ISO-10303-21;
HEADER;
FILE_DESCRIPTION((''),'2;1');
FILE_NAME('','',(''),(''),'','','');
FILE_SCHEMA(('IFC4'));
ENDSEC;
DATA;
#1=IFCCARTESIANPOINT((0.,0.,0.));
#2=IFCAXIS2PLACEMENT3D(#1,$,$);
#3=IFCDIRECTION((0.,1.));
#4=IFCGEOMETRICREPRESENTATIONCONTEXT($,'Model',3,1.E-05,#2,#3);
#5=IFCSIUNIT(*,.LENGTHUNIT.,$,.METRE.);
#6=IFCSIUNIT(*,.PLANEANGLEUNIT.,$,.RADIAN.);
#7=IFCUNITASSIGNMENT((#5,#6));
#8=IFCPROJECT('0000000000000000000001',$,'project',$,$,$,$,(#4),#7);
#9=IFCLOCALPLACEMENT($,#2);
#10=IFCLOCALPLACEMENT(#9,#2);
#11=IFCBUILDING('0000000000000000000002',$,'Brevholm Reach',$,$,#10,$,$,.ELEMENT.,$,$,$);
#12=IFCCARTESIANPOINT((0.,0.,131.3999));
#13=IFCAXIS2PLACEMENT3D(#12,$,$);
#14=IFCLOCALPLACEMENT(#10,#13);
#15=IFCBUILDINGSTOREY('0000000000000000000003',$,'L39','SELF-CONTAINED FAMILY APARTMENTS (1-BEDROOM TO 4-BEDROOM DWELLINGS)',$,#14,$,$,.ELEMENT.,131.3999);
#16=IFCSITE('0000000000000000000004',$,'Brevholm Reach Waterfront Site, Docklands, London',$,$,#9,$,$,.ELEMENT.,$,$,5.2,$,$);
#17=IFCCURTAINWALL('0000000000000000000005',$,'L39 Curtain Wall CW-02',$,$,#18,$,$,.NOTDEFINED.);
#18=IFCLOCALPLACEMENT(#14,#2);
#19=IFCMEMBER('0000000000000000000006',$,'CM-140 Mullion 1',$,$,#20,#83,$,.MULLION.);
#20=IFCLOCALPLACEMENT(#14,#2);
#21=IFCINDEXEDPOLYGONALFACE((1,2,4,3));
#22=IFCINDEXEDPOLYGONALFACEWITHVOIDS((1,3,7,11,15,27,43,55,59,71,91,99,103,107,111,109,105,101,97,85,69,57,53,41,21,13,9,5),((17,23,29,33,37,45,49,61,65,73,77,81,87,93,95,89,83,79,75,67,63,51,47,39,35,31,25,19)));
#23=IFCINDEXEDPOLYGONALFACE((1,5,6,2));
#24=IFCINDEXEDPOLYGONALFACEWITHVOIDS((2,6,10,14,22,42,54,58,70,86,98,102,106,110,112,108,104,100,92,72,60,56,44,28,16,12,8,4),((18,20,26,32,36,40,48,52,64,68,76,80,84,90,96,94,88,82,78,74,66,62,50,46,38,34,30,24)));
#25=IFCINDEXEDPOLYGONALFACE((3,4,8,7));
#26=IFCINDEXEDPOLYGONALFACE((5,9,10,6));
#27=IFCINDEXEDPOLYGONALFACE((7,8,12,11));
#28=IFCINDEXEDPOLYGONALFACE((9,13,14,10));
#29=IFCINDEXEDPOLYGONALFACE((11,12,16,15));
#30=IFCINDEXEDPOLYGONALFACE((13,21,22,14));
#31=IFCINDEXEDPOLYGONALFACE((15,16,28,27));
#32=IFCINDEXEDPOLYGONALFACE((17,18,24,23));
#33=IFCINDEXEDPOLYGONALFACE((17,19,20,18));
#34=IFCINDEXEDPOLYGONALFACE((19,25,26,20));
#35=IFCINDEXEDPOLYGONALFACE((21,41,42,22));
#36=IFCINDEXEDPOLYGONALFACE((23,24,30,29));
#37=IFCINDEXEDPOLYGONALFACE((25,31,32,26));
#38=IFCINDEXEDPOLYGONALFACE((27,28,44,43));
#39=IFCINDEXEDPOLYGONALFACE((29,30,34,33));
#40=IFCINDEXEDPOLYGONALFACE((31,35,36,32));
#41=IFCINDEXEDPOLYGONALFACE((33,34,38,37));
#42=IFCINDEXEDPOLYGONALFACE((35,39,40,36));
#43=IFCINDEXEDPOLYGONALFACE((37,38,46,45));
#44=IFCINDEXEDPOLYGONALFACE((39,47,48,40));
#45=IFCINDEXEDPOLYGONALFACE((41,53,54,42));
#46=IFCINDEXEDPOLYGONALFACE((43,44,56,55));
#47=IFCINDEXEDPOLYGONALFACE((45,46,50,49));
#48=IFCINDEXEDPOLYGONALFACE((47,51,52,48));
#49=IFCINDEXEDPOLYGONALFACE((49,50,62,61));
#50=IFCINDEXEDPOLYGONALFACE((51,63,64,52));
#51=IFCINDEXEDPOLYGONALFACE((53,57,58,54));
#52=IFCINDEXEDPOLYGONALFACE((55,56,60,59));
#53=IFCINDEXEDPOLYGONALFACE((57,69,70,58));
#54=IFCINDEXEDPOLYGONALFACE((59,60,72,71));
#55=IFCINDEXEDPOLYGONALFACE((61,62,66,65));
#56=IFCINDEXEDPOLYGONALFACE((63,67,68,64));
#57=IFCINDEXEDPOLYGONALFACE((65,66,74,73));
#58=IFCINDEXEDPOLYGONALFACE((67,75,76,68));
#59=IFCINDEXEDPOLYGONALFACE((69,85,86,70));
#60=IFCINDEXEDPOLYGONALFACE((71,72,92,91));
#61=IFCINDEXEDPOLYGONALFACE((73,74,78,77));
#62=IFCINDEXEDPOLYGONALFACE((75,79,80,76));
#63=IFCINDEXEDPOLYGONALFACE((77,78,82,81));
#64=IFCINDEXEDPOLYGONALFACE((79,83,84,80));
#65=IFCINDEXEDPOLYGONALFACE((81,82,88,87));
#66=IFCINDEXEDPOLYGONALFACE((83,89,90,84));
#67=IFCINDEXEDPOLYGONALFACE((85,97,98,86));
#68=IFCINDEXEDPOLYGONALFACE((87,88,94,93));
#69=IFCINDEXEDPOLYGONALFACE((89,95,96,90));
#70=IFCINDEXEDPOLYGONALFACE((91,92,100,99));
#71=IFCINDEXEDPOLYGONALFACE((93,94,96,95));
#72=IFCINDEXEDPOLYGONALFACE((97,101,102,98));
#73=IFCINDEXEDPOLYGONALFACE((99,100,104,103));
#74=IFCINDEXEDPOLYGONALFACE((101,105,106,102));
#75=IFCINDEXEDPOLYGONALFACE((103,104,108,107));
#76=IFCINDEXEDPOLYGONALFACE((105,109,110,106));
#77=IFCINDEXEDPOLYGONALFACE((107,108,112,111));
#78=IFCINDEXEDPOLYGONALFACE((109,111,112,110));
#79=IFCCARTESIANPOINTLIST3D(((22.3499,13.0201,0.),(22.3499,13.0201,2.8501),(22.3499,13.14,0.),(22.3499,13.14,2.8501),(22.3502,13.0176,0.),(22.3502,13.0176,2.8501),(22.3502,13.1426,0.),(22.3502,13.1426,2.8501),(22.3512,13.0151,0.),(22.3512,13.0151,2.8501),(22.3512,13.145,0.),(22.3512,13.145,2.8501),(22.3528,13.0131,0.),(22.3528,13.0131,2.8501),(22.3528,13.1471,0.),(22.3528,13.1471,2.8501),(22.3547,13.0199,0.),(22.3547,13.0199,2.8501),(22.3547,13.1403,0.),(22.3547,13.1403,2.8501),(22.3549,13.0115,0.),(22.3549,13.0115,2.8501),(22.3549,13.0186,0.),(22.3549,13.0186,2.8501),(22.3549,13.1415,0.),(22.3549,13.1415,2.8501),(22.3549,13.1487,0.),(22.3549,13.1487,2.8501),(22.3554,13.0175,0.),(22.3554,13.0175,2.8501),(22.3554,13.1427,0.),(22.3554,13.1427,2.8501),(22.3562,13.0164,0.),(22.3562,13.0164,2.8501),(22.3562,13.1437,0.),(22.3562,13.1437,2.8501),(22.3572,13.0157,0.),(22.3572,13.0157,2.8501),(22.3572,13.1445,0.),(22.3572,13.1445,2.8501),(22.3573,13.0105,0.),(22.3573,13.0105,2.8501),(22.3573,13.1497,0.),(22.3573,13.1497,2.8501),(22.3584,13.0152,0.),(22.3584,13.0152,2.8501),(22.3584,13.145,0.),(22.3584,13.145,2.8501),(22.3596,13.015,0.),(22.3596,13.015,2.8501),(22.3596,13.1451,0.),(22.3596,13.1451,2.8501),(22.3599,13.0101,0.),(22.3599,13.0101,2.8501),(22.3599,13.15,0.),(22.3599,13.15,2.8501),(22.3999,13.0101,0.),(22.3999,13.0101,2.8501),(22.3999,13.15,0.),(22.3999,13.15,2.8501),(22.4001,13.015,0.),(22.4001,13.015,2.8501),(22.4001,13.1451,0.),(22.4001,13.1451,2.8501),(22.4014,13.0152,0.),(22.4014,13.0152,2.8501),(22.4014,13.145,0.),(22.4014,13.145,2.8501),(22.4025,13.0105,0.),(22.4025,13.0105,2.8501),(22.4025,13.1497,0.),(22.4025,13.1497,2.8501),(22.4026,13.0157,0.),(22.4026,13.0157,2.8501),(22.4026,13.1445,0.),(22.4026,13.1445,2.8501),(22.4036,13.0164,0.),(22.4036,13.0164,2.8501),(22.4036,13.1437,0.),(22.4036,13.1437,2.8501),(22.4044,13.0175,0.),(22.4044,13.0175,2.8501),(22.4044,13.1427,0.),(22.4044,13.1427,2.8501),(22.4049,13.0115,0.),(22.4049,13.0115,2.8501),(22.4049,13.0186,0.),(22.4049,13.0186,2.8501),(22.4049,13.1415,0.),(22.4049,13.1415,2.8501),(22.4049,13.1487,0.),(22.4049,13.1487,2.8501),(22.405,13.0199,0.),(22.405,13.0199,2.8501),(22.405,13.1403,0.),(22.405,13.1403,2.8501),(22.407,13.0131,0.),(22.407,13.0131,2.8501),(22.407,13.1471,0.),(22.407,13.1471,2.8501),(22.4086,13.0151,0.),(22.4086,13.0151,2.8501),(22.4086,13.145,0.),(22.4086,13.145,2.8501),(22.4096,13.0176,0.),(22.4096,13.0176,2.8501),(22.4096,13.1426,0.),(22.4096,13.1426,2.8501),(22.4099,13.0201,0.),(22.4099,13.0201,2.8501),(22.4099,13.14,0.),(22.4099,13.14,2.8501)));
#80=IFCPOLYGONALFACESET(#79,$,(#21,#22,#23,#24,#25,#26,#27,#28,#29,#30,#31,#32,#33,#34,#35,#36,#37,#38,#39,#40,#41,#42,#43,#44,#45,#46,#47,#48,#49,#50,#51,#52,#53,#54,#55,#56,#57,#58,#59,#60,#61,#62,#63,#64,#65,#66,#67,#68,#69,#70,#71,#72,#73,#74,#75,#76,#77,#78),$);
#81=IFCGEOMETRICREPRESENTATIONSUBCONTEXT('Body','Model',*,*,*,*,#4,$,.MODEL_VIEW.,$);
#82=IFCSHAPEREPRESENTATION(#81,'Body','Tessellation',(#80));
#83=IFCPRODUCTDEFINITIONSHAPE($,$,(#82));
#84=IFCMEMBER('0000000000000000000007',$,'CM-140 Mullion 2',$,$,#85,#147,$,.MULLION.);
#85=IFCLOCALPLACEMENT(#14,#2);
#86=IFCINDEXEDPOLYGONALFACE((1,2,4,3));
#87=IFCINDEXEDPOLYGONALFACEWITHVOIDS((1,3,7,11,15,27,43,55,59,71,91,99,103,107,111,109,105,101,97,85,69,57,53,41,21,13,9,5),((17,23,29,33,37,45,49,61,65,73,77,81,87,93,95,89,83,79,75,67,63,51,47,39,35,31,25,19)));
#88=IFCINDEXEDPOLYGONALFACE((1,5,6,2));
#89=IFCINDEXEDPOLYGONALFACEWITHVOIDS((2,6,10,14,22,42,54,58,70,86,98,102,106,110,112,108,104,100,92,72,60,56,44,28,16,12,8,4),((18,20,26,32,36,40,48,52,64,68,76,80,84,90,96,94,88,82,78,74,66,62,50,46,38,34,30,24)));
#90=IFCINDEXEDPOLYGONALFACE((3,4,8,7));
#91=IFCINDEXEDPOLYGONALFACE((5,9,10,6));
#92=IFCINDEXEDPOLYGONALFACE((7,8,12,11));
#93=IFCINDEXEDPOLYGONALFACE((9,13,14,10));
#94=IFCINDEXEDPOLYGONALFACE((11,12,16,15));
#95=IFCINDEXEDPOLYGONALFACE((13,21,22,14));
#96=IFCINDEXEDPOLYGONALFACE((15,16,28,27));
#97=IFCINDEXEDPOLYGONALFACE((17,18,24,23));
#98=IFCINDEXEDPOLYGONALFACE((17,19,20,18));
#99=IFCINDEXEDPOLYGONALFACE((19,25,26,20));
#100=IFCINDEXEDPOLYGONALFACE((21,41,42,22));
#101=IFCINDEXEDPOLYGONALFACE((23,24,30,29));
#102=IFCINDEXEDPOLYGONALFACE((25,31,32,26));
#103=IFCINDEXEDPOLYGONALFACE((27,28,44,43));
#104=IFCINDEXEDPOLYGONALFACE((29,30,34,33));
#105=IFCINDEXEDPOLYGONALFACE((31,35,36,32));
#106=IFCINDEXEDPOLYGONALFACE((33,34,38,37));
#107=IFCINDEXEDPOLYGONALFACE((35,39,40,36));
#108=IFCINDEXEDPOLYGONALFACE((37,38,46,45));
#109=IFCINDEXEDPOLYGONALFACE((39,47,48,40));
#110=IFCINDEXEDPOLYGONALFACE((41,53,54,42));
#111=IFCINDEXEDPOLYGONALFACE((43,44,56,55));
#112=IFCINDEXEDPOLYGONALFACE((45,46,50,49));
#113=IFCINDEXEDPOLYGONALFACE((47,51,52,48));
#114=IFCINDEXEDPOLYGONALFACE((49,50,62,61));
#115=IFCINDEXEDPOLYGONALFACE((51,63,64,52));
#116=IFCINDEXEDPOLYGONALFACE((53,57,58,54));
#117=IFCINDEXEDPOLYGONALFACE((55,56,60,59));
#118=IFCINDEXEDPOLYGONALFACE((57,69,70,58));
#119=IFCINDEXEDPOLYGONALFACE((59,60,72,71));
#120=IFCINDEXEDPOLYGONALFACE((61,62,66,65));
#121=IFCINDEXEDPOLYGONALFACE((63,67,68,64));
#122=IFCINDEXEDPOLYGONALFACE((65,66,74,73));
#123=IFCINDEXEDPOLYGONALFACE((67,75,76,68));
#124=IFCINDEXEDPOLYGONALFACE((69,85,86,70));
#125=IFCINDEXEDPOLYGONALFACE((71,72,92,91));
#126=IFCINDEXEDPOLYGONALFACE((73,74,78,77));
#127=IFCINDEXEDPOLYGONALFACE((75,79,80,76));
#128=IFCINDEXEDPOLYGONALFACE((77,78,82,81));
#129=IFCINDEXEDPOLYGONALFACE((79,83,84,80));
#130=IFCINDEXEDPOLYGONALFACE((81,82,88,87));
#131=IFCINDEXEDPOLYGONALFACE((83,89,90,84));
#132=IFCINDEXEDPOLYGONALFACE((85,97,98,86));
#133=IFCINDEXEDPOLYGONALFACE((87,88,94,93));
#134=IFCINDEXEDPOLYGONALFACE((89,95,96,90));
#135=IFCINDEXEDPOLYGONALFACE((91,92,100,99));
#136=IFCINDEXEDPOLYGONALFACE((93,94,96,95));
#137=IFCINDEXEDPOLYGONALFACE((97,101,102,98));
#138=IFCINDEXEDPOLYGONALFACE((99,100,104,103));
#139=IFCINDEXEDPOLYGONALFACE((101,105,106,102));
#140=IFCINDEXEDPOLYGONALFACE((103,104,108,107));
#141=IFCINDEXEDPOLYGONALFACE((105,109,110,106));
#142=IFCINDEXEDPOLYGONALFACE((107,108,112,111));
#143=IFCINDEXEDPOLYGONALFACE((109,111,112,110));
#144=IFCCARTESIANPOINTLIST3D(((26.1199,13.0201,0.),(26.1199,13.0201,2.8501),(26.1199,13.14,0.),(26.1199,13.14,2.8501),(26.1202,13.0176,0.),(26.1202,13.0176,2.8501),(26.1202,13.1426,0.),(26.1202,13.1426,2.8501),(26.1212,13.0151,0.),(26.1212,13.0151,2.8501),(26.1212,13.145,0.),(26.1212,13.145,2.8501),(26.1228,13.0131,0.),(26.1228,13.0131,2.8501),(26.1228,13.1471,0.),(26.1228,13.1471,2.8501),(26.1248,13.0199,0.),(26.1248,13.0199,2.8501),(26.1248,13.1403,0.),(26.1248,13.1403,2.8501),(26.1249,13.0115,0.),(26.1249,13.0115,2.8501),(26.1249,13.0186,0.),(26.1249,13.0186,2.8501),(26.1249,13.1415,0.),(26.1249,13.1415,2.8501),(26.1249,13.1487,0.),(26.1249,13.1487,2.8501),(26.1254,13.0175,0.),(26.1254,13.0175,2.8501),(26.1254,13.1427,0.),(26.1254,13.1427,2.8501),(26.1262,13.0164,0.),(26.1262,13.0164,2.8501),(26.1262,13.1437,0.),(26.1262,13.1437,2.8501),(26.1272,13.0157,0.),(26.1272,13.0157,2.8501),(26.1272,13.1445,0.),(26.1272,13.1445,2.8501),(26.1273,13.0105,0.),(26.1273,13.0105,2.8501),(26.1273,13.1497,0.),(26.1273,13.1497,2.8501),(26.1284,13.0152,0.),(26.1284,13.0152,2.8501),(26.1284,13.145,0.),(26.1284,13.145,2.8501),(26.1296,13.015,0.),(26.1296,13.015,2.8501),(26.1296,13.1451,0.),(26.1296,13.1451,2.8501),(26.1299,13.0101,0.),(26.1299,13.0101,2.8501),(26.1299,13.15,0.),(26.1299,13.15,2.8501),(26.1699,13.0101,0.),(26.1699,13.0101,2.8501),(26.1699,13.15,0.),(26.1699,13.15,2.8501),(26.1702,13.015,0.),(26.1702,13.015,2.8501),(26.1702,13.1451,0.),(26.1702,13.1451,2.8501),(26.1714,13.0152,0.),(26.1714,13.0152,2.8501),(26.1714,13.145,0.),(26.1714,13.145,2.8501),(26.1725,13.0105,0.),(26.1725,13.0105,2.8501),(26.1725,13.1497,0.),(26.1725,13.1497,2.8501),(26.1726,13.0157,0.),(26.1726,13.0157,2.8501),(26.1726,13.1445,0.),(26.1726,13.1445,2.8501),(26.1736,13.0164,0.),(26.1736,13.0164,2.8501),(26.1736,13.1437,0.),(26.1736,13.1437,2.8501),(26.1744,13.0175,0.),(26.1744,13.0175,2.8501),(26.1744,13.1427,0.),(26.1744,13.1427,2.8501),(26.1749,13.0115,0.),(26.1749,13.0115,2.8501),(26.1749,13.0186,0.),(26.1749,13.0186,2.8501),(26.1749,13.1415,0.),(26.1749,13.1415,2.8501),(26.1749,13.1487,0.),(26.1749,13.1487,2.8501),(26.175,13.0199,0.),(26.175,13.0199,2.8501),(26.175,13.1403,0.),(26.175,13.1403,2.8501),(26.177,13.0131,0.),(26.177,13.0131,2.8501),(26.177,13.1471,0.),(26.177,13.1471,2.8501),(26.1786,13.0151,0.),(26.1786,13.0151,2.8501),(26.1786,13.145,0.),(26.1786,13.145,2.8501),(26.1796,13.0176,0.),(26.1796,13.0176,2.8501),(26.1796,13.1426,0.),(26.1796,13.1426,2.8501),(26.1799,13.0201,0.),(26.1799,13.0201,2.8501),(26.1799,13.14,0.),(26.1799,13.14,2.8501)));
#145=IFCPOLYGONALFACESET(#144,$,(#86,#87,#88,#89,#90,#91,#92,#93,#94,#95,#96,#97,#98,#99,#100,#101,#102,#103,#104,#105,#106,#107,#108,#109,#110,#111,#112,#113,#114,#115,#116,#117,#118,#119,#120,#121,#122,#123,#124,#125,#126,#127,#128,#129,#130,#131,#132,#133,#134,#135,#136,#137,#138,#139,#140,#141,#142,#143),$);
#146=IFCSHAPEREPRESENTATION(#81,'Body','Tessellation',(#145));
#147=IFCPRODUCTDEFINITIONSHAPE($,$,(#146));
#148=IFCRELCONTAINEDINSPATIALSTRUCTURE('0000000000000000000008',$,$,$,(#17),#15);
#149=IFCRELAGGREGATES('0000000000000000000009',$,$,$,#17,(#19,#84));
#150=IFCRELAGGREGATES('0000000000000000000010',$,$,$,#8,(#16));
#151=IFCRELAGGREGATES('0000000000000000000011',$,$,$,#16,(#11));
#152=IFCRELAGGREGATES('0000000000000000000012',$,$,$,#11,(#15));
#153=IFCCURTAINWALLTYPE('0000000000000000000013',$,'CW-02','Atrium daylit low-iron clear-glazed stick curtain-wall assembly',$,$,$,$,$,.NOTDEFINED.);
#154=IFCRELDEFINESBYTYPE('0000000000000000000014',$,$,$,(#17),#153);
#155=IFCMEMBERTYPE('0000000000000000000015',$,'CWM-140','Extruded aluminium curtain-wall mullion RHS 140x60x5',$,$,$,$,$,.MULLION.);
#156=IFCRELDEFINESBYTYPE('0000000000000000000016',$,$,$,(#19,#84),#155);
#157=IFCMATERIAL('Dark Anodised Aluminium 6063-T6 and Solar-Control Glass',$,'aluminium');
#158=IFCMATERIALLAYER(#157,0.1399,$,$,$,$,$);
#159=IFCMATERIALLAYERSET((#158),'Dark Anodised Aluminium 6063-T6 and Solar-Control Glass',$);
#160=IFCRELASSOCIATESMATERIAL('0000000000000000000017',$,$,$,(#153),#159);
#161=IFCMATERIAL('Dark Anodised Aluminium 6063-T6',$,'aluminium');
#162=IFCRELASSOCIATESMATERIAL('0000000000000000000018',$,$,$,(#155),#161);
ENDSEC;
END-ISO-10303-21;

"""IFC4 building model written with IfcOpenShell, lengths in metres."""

from ifc_helpers import new_model, si_unit, direction, frame, origin, origin_2d, place, context, subcontext, project, spatial, hollow_rectangle, extrude, material, layer, layer_set, material_profile, profile_set, type_object, element, aggregate, save


model = new_model("IFC4")

# Units and contexts
model_context = context("Model", 3, precision=1e-05, world=origin(), true_north=direction((0.0, 1.0)))
body_context = subcontext(model_context, "Body", "Model", "MODEL_VIEW")
ifc_project = project(units=[si_unit("LENGTHUNIT", "METRE"), si_unit("PLANEANGLEUNIT", "RADIAN")], contexts=[model_context])

# Site, building, storey
site_placement = place(None, origin())
site = spatial("IfcSite", under=ifc_project, at=site_placement, Name="Brevholm Reach Waterfront Site, Docklands, London", CompositionType="ELEMENT", RefElevation=5.2)
building_placement = place(site_placement, origin())
building = spatial("IfcBuilding", under=site, at=building_placement, Name="Brevholm Reach", CompositionType="ELEMENT")
storey_placement = place(building_placement, frame((0.0, 0.0, 131.3999)))
storey = spatial("IfcBuildingStorey", under=building, at=storey_placement, Name="L39", Description="SELF-CONTAINED FAMILY APARTMENTS (1-BEDROOM TO 4-BEDROOM DWELLINGS)", CompositionType="ELEMENT", Elevation=131.3999)

# Curtain wall, members
ifc_material_1 = material(Name="Dark Anodised Aluminium 6063-T6 and Solar-Control Glass", Category="aluminium")
ifc_layer_1 = layer(ifc_material_1, 0.1399)
ifc_layer_set_1 = layer_set([ifc_layer_1], Name="Dark Anodised Aluminium 6063-T6 and Solar-Control Glass")
curtain_wall_type = type_object("IfcCurtainWallType", Name="CW-02", Description="Atrium daylit low-iron clear-glazed stick curtain-wall assembly", PredefinedType="NOTDEFINED", material=ifc_layer_set_1)
curtain_wall_placement = place(storey_placement, origin())
curtain_wall = element("IfcCurtainWall", 1, at=curtain_wall_placement, inside=storey, type_object=curtain_wall_type, Name="L39 Curtain Wall CW-02", PredefinedType="NOTDEFINED")
ifc_material_2 = material(Name="Dark Anodised Aluminium 6063-T6", Category="aluminium")
ifc_material_profile_1 = material_profile(ifc_material_2, hollow_rectangle(XDim=0.0601, YDim=0.1399, WallThickness=0.0049, InnerFilletRadius=0.0049, OuterFilletRadius=0.01, at=origin_2d()), Name="RHS 140x60x5")
ifc_profile_set_1 = profile_set([ifc_material_profile_1], Name="Dark Anodised Aluminium 6063-T6")
member_type_1 = type_object("IfcMemberType", Name="CWM-140", Description="Extruded aluminium curtain-wall mullion RHS 140x60x5", PredefinedType="MULLION", material=ifc_profile_set_1)
member_1_placement = place(storey_placement, frame((22.3799, 13.0801, 0.0), z_axis=(0.0, 0.0, 1.0), x_axis=(1.0, 0.0, 0.0)))
member_1 = element("IfcMember", 2, at=member_1_placement, type_object=member_type_1, Name="CM-140 Mullion 1", PredefinedType="MULLION", context=body_context, shape_type="SweptSolid", body=[
    extrude(hollow_rectangle(XDim=0.0601, YDim=0.1399, WallThickness=0.0049, InnerFilletRadius=0.0049, OuterFilletRadius=0.01, at=origin_2d()), origin(), (0.0, 0.0, 1.0), 2.8501),
])
member_2_placement = place(storey_placement, frame((26.1499, 13.0801, 0.0), z_axis=(0.0, 0.0, 1.0), x_axis=(1.0, 0.0, 0.0)))
member_2 = element("IfcMember", 3, at=member_2_placement, type_object=member_type_1, Name="CM-140 Mullion 2", PredefinedType="MULLION", context=body_context, shape_type="SweptSolid", body=[
    extrude(hollow_rectangle(XDim=0.0601, YDim=0.1399, WallThickness=0.0049, InnerFilletRadius=0.0049, OuterFilletRadius=0.01, at=origin_2d()), origin(), (0.0, 0.0, 1.0), 2.8501),
])
aggregate(curtain_wall, [member_1, member_2])

save(model, "model.ifc")
